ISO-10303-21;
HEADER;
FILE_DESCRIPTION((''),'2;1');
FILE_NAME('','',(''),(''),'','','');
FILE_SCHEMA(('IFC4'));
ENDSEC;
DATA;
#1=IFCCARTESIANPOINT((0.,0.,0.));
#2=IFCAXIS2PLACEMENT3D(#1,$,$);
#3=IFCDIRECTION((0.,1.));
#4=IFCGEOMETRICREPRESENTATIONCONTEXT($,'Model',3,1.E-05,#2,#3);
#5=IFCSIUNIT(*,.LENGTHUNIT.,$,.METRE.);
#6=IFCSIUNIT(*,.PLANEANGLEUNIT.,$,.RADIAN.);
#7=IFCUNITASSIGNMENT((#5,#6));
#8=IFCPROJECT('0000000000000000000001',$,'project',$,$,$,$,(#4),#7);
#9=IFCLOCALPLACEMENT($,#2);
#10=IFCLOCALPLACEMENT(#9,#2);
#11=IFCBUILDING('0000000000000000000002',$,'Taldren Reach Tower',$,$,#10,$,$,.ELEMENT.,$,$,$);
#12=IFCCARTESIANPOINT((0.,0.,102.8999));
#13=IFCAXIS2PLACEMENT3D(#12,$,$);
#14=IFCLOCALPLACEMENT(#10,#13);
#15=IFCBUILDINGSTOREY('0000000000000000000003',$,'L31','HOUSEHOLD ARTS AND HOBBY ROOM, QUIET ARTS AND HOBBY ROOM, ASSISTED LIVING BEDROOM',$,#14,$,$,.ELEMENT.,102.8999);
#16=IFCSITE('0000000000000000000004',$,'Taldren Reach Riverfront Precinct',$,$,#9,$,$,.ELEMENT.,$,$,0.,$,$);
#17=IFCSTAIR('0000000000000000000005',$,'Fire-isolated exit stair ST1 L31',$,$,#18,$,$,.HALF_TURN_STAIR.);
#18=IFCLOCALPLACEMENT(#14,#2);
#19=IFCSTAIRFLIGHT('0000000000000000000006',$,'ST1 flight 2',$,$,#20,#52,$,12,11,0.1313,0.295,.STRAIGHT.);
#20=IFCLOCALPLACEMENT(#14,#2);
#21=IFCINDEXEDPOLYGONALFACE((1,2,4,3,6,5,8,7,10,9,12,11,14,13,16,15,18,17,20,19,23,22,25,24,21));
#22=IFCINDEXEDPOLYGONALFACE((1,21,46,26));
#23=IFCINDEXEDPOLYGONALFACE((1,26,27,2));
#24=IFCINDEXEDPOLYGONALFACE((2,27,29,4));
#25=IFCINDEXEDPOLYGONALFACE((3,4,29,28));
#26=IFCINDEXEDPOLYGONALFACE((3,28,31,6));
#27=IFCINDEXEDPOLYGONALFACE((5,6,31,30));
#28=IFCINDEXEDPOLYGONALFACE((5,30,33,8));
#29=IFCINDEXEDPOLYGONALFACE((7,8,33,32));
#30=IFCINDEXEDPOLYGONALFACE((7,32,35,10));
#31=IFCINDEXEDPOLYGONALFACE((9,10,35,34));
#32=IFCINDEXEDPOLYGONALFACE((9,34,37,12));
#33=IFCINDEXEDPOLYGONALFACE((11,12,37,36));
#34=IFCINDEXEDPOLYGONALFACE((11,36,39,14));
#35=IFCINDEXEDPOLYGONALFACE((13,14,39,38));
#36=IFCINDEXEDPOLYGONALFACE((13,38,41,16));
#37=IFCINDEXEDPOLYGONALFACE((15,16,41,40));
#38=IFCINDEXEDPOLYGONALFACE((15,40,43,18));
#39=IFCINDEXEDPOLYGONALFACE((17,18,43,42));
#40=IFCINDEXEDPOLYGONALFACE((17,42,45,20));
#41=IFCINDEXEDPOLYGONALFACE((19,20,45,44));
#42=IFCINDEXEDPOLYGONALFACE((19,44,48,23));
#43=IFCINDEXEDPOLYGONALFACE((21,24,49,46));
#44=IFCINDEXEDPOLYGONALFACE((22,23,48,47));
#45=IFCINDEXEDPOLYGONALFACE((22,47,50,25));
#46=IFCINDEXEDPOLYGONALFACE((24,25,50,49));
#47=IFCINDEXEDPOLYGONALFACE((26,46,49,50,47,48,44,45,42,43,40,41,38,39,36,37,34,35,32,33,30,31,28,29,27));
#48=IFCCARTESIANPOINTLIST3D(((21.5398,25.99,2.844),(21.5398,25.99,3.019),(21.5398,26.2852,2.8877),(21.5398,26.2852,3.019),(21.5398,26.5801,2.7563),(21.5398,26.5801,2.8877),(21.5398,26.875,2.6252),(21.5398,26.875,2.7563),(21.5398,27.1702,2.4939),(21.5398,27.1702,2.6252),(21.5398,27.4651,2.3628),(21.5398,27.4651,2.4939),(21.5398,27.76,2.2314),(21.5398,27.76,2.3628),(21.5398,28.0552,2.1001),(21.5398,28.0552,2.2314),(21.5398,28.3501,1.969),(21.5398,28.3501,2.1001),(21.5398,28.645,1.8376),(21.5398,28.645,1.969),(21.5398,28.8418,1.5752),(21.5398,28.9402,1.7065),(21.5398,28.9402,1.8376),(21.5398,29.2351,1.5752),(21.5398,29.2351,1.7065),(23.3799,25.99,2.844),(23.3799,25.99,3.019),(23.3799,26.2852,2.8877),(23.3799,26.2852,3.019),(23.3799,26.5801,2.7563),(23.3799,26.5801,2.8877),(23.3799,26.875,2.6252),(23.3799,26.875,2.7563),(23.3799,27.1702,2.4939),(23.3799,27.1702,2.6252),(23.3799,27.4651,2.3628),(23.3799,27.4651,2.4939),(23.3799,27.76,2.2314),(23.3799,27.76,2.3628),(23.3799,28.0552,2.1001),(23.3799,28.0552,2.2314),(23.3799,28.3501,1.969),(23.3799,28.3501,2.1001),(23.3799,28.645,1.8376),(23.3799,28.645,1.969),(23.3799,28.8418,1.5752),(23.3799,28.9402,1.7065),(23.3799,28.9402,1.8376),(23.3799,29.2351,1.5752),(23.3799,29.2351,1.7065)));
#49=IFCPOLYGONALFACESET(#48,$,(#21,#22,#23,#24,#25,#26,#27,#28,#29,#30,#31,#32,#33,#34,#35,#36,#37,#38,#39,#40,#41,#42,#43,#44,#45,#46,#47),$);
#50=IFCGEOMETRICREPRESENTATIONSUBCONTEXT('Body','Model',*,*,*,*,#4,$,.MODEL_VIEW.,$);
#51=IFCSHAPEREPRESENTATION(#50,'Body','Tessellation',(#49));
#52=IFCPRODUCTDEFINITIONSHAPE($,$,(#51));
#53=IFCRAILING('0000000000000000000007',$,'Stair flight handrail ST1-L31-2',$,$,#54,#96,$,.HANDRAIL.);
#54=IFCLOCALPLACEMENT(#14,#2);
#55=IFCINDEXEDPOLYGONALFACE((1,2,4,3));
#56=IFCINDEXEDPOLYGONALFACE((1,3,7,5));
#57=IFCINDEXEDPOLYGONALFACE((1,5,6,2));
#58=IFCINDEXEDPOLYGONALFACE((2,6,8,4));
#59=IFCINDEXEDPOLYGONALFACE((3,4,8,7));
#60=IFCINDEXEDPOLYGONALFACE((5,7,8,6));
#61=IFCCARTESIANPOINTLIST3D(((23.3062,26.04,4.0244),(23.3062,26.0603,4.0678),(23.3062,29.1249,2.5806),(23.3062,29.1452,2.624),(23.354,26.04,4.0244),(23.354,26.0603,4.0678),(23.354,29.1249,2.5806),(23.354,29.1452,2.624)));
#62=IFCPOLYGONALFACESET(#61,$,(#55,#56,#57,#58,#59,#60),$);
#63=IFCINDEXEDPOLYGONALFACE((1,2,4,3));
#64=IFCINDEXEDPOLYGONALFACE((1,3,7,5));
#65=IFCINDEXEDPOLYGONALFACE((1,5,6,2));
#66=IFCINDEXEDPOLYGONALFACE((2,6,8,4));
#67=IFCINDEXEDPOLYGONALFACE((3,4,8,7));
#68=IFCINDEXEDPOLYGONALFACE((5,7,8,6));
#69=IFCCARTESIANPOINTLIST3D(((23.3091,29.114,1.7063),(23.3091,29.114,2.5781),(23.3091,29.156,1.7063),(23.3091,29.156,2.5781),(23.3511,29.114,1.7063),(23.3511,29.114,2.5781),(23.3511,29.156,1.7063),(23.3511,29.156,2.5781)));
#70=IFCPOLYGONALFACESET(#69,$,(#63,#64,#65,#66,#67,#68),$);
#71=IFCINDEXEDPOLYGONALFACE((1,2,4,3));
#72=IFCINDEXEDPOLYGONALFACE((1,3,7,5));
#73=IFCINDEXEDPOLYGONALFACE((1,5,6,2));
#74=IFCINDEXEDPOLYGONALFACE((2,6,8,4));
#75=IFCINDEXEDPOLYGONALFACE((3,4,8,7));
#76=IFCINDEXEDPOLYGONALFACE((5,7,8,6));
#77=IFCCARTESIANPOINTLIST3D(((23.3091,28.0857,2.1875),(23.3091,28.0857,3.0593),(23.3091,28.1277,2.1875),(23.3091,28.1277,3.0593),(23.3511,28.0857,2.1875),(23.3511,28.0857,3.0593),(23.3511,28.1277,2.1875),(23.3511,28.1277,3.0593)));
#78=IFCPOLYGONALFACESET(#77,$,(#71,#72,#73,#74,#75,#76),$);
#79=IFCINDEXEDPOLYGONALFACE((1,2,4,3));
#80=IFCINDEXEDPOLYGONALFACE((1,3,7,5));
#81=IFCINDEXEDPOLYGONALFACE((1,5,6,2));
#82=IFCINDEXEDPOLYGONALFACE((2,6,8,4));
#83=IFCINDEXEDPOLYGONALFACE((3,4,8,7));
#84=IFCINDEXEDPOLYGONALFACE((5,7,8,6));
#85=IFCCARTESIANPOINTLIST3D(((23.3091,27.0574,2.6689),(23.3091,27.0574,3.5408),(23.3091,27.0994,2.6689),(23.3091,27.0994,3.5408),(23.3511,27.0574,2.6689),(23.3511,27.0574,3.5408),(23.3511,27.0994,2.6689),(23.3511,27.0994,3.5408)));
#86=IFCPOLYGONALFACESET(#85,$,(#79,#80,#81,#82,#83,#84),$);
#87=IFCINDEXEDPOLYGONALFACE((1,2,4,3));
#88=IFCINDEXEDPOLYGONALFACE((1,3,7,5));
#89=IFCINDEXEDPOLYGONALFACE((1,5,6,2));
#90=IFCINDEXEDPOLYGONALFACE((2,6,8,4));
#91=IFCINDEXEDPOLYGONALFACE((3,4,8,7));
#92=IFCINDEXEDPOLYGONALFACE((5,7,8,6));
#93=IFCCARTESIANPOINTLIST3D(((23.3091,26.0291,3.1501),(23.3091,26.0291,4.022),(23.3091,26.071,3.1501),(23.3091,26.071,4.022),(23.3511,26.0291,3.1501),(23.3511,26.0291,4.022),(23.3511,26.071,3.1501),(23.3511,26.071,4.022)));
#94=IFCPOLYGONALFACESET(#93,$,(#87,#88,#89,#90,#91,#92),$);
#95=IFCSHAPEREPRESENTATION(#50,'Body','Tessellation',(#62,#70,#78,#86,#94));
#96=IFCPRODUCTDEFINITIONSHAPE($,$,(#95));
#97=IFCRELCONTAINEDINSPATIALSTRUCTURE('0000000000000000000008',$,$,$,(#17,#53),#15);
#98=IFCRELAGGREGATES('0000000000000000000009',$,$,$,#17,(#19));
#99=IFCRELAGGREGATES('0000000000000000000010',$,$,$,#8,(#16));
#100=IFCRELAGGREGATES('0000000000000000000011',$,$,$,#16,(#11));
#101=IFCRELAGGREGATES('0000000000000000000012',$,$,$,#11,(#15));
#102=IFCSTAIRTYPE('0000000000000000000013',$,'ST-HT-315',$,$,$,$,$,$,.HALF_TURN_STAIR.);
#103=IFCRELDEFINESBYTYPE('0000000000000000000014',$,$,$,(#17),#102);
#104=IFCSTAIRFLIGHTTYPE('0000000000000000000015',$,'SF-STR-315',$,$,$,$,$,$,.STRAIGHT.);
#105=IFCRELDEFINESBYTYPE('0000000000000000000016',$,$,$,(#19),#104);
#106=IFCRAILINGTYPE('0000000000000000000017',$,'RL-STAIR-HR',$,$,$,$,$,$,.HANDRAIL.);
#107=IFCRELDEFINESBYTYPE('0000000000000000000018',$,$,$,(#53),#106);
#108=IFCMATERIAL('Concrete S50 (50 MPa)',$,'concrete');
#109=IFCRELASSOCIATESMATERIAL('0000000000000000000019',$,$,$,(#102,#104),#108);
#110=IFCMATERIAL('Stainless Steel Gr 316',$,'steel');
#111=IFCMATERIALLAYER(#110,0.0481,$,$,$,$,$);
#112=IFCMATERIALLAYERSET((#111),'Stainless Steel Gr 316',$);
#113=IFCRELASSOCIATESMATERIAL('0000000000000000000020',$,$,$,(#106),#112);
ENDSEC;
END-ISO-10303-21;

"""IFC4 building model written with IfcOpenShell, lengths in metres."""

from ifc_helpers import new_model, si_unit, direction, frame, origin, origin_2d, place, context, subcontext, project, spatial, polyline, rectangle, outline, extrude, material, layer, layer_set, type_object, element, aggregate, save


model = new_model("IFC4")

# Units and contexts
model_context = context("Model", 3, precision=1e-05, world=origin(), true_north=direction((0.0, 1.0)))
body_context = subcontext(model_context, "Body", "Model", "MODEL_VIEW")
ifc_project = project(units=[si_unit("LENGTHUNIT", "METRE"), si_unit("PLANEANGLEUNIT", "RADIAN")], contexts=[model_context])

# Site, building, storey
site_placement = place(None, origin())
site = spatial("IfcSite", under=ifc_project, at=site_placement, Name="Taldren Reach Riverfront Precinct", CompositionType="ELEMENT", RefElevation=0.0)
building_placement = place(site_placement, origin())
building = spatial("IfcBuilding", under=site, at=building_placement, Name="Taldren Reach Tower", CompositionType="ELEMENT")
storey_placement = place(building_placement, frame((0.0, 0.0, 102.8999)))
storey = spatial("IfcBuildingStorey", under=building, at=storey_placement, Name="L31", Description="HOUSEHOLD ARTS AND HOBBY ROOM, QUIET ARTS AND HOBBY ROOM, ASSISTED LIVING BEDROOM", CompositionType="ELEMENT", Elevation=102.8999)

# Shared definitions
ifc_material_1 = material(Name="Concrete S50 (50 MPa)", Category="concrete")

# Stair, stair flight
stair_type = type_object("IfcStairType", Name="ST-HT-315", PredefinedType="HALF_TURN_STAIR", material=ifc_material_1)
stair_placement = place(storey_placement, origin())
stair = element("IfcStair", 1, at=stair_placement, inside=storey, type_object=stair_type, Name="Fire-isolated exit stair ST1 L31", PredefinedType="HALF_TURN_STAIR")
stair_flight_type = type_object("IfcStairFlightType", Name="SF-STR-315", PredefinedType="STRAIGHT", material=ifc_material_1)
stair_flight_placement = place(storey_placement, frame((22.46, 29.2351, 1.5752), z_axis=(0.0, 0.0, 1.0), x_axis=(0.0, -1.0, 0.0)))
stair_flight = element("IfcStairFlight", 2, at=stair_flight_placement, type_object=stair_flight_type, Name="ST1 flight 2", NumberOfRisers=12, NumberOfTreads=11, PredefinedType="STRAIGHT", RiserHeight=0.1313, TreadLength=0.295, context=body_context, shape_type="SweptSolid", body=[
    extrude(outline(polyline([(0.0, 0.0), (0.0, 0.1313), (0.2949, 0.1313), (0.2949, 0.2625), (0.5901, 0.2625), (0.5901, 0.3938), (0.885, 0.3938), (0.885, 0.5249), (1.1799, 0.5249), (1.1799, 0.6562), (1.4751, 0.6562), (1.4751, 0.7876), (1.77, 0.7876), (1.77, 0.9187), (2.0649, 0.9187), (2.0649, 1.05), (2.3601, 1.05), (2.3601, 1.1812), (2.655, 1.1812), (2.655, 1.3125), (2.95, 1.3125), (2.95, 1.4438), (3.2451, 1.4438), (3.2451, 1.575), (3.2451, 1.2688), (0.3933, 0.0), (0.0, 0.0)])), frame((0.0, 0.9199, 0.0), z_axis=(0.0, -1.0, 0.0), x_axis=(1.0, 0.0, 0.0)), (0.0, 0.0, 1.0), 1.8401),
])
aggregate(stair, [stair_flight])

# Railing
ifc_material_2 = material(Name="Stainless Steel Gr 316", Category="steel")
ifc_layer_1 = layer(ifc_material_2, 0.0481)
ifc_layer_set_1 = layer_set([ifc_layer_1], Name="Stainless Steel Gr 316")
railing_type = type_object("IfcRailingType", Name="RL-STAIR-HR", PredefinedType="HANDRAIL", material=ifc_layer_set_1)
railing_placement = place(storey_placement, frame((23.3301, 29.135, 1.7063)))
element("IfcRailing", 3, at=railing_placement, inside=storey, type_object=railing_type, Name="Stair flight handrail ST1-L31-2", PredefinedType="HANDRAIL", context=body_context, shape_type="SweptSolid", body=[
    extrude(rectangle(XDim=0.0479, YDim=0.0479, at=origin_2d()), frame((0.0, 0.0, 0.896), z_axis=(0.0, -0.90571, 0.423898), x_axis=(1.0, 0.0, 0.0)), (0.0, 0.0, 1.0), 3.406),
    extrude(rectangle(XDim=0.042, YDim=0.042, at=origin_2d()), origin(), (0.0, 0.0, 1.0), 0.8718),
    extrude(rectangle(XDim=0.042, YDim=0.042, at=origin_2d()), frame((0.0, -1.0283, 0.4812)), (0.0, 0.0, 1.0), 0.8718),
    extrude(rectangle(XDim=0.042, YDim=0.042, at=origin_2d()), frame((0.0, -2.0566, 0.9626)), (0.0, 0.0, 1.0), 0.8718),
    extrude(rectangle(XDim=0.042, YDim=0.042, at=origin_2d()), frame((0.0, -3.085, 1.4438)), (0.0, 0.0, 1.0), 0.8718),
])

save(model, "model.ifc")
